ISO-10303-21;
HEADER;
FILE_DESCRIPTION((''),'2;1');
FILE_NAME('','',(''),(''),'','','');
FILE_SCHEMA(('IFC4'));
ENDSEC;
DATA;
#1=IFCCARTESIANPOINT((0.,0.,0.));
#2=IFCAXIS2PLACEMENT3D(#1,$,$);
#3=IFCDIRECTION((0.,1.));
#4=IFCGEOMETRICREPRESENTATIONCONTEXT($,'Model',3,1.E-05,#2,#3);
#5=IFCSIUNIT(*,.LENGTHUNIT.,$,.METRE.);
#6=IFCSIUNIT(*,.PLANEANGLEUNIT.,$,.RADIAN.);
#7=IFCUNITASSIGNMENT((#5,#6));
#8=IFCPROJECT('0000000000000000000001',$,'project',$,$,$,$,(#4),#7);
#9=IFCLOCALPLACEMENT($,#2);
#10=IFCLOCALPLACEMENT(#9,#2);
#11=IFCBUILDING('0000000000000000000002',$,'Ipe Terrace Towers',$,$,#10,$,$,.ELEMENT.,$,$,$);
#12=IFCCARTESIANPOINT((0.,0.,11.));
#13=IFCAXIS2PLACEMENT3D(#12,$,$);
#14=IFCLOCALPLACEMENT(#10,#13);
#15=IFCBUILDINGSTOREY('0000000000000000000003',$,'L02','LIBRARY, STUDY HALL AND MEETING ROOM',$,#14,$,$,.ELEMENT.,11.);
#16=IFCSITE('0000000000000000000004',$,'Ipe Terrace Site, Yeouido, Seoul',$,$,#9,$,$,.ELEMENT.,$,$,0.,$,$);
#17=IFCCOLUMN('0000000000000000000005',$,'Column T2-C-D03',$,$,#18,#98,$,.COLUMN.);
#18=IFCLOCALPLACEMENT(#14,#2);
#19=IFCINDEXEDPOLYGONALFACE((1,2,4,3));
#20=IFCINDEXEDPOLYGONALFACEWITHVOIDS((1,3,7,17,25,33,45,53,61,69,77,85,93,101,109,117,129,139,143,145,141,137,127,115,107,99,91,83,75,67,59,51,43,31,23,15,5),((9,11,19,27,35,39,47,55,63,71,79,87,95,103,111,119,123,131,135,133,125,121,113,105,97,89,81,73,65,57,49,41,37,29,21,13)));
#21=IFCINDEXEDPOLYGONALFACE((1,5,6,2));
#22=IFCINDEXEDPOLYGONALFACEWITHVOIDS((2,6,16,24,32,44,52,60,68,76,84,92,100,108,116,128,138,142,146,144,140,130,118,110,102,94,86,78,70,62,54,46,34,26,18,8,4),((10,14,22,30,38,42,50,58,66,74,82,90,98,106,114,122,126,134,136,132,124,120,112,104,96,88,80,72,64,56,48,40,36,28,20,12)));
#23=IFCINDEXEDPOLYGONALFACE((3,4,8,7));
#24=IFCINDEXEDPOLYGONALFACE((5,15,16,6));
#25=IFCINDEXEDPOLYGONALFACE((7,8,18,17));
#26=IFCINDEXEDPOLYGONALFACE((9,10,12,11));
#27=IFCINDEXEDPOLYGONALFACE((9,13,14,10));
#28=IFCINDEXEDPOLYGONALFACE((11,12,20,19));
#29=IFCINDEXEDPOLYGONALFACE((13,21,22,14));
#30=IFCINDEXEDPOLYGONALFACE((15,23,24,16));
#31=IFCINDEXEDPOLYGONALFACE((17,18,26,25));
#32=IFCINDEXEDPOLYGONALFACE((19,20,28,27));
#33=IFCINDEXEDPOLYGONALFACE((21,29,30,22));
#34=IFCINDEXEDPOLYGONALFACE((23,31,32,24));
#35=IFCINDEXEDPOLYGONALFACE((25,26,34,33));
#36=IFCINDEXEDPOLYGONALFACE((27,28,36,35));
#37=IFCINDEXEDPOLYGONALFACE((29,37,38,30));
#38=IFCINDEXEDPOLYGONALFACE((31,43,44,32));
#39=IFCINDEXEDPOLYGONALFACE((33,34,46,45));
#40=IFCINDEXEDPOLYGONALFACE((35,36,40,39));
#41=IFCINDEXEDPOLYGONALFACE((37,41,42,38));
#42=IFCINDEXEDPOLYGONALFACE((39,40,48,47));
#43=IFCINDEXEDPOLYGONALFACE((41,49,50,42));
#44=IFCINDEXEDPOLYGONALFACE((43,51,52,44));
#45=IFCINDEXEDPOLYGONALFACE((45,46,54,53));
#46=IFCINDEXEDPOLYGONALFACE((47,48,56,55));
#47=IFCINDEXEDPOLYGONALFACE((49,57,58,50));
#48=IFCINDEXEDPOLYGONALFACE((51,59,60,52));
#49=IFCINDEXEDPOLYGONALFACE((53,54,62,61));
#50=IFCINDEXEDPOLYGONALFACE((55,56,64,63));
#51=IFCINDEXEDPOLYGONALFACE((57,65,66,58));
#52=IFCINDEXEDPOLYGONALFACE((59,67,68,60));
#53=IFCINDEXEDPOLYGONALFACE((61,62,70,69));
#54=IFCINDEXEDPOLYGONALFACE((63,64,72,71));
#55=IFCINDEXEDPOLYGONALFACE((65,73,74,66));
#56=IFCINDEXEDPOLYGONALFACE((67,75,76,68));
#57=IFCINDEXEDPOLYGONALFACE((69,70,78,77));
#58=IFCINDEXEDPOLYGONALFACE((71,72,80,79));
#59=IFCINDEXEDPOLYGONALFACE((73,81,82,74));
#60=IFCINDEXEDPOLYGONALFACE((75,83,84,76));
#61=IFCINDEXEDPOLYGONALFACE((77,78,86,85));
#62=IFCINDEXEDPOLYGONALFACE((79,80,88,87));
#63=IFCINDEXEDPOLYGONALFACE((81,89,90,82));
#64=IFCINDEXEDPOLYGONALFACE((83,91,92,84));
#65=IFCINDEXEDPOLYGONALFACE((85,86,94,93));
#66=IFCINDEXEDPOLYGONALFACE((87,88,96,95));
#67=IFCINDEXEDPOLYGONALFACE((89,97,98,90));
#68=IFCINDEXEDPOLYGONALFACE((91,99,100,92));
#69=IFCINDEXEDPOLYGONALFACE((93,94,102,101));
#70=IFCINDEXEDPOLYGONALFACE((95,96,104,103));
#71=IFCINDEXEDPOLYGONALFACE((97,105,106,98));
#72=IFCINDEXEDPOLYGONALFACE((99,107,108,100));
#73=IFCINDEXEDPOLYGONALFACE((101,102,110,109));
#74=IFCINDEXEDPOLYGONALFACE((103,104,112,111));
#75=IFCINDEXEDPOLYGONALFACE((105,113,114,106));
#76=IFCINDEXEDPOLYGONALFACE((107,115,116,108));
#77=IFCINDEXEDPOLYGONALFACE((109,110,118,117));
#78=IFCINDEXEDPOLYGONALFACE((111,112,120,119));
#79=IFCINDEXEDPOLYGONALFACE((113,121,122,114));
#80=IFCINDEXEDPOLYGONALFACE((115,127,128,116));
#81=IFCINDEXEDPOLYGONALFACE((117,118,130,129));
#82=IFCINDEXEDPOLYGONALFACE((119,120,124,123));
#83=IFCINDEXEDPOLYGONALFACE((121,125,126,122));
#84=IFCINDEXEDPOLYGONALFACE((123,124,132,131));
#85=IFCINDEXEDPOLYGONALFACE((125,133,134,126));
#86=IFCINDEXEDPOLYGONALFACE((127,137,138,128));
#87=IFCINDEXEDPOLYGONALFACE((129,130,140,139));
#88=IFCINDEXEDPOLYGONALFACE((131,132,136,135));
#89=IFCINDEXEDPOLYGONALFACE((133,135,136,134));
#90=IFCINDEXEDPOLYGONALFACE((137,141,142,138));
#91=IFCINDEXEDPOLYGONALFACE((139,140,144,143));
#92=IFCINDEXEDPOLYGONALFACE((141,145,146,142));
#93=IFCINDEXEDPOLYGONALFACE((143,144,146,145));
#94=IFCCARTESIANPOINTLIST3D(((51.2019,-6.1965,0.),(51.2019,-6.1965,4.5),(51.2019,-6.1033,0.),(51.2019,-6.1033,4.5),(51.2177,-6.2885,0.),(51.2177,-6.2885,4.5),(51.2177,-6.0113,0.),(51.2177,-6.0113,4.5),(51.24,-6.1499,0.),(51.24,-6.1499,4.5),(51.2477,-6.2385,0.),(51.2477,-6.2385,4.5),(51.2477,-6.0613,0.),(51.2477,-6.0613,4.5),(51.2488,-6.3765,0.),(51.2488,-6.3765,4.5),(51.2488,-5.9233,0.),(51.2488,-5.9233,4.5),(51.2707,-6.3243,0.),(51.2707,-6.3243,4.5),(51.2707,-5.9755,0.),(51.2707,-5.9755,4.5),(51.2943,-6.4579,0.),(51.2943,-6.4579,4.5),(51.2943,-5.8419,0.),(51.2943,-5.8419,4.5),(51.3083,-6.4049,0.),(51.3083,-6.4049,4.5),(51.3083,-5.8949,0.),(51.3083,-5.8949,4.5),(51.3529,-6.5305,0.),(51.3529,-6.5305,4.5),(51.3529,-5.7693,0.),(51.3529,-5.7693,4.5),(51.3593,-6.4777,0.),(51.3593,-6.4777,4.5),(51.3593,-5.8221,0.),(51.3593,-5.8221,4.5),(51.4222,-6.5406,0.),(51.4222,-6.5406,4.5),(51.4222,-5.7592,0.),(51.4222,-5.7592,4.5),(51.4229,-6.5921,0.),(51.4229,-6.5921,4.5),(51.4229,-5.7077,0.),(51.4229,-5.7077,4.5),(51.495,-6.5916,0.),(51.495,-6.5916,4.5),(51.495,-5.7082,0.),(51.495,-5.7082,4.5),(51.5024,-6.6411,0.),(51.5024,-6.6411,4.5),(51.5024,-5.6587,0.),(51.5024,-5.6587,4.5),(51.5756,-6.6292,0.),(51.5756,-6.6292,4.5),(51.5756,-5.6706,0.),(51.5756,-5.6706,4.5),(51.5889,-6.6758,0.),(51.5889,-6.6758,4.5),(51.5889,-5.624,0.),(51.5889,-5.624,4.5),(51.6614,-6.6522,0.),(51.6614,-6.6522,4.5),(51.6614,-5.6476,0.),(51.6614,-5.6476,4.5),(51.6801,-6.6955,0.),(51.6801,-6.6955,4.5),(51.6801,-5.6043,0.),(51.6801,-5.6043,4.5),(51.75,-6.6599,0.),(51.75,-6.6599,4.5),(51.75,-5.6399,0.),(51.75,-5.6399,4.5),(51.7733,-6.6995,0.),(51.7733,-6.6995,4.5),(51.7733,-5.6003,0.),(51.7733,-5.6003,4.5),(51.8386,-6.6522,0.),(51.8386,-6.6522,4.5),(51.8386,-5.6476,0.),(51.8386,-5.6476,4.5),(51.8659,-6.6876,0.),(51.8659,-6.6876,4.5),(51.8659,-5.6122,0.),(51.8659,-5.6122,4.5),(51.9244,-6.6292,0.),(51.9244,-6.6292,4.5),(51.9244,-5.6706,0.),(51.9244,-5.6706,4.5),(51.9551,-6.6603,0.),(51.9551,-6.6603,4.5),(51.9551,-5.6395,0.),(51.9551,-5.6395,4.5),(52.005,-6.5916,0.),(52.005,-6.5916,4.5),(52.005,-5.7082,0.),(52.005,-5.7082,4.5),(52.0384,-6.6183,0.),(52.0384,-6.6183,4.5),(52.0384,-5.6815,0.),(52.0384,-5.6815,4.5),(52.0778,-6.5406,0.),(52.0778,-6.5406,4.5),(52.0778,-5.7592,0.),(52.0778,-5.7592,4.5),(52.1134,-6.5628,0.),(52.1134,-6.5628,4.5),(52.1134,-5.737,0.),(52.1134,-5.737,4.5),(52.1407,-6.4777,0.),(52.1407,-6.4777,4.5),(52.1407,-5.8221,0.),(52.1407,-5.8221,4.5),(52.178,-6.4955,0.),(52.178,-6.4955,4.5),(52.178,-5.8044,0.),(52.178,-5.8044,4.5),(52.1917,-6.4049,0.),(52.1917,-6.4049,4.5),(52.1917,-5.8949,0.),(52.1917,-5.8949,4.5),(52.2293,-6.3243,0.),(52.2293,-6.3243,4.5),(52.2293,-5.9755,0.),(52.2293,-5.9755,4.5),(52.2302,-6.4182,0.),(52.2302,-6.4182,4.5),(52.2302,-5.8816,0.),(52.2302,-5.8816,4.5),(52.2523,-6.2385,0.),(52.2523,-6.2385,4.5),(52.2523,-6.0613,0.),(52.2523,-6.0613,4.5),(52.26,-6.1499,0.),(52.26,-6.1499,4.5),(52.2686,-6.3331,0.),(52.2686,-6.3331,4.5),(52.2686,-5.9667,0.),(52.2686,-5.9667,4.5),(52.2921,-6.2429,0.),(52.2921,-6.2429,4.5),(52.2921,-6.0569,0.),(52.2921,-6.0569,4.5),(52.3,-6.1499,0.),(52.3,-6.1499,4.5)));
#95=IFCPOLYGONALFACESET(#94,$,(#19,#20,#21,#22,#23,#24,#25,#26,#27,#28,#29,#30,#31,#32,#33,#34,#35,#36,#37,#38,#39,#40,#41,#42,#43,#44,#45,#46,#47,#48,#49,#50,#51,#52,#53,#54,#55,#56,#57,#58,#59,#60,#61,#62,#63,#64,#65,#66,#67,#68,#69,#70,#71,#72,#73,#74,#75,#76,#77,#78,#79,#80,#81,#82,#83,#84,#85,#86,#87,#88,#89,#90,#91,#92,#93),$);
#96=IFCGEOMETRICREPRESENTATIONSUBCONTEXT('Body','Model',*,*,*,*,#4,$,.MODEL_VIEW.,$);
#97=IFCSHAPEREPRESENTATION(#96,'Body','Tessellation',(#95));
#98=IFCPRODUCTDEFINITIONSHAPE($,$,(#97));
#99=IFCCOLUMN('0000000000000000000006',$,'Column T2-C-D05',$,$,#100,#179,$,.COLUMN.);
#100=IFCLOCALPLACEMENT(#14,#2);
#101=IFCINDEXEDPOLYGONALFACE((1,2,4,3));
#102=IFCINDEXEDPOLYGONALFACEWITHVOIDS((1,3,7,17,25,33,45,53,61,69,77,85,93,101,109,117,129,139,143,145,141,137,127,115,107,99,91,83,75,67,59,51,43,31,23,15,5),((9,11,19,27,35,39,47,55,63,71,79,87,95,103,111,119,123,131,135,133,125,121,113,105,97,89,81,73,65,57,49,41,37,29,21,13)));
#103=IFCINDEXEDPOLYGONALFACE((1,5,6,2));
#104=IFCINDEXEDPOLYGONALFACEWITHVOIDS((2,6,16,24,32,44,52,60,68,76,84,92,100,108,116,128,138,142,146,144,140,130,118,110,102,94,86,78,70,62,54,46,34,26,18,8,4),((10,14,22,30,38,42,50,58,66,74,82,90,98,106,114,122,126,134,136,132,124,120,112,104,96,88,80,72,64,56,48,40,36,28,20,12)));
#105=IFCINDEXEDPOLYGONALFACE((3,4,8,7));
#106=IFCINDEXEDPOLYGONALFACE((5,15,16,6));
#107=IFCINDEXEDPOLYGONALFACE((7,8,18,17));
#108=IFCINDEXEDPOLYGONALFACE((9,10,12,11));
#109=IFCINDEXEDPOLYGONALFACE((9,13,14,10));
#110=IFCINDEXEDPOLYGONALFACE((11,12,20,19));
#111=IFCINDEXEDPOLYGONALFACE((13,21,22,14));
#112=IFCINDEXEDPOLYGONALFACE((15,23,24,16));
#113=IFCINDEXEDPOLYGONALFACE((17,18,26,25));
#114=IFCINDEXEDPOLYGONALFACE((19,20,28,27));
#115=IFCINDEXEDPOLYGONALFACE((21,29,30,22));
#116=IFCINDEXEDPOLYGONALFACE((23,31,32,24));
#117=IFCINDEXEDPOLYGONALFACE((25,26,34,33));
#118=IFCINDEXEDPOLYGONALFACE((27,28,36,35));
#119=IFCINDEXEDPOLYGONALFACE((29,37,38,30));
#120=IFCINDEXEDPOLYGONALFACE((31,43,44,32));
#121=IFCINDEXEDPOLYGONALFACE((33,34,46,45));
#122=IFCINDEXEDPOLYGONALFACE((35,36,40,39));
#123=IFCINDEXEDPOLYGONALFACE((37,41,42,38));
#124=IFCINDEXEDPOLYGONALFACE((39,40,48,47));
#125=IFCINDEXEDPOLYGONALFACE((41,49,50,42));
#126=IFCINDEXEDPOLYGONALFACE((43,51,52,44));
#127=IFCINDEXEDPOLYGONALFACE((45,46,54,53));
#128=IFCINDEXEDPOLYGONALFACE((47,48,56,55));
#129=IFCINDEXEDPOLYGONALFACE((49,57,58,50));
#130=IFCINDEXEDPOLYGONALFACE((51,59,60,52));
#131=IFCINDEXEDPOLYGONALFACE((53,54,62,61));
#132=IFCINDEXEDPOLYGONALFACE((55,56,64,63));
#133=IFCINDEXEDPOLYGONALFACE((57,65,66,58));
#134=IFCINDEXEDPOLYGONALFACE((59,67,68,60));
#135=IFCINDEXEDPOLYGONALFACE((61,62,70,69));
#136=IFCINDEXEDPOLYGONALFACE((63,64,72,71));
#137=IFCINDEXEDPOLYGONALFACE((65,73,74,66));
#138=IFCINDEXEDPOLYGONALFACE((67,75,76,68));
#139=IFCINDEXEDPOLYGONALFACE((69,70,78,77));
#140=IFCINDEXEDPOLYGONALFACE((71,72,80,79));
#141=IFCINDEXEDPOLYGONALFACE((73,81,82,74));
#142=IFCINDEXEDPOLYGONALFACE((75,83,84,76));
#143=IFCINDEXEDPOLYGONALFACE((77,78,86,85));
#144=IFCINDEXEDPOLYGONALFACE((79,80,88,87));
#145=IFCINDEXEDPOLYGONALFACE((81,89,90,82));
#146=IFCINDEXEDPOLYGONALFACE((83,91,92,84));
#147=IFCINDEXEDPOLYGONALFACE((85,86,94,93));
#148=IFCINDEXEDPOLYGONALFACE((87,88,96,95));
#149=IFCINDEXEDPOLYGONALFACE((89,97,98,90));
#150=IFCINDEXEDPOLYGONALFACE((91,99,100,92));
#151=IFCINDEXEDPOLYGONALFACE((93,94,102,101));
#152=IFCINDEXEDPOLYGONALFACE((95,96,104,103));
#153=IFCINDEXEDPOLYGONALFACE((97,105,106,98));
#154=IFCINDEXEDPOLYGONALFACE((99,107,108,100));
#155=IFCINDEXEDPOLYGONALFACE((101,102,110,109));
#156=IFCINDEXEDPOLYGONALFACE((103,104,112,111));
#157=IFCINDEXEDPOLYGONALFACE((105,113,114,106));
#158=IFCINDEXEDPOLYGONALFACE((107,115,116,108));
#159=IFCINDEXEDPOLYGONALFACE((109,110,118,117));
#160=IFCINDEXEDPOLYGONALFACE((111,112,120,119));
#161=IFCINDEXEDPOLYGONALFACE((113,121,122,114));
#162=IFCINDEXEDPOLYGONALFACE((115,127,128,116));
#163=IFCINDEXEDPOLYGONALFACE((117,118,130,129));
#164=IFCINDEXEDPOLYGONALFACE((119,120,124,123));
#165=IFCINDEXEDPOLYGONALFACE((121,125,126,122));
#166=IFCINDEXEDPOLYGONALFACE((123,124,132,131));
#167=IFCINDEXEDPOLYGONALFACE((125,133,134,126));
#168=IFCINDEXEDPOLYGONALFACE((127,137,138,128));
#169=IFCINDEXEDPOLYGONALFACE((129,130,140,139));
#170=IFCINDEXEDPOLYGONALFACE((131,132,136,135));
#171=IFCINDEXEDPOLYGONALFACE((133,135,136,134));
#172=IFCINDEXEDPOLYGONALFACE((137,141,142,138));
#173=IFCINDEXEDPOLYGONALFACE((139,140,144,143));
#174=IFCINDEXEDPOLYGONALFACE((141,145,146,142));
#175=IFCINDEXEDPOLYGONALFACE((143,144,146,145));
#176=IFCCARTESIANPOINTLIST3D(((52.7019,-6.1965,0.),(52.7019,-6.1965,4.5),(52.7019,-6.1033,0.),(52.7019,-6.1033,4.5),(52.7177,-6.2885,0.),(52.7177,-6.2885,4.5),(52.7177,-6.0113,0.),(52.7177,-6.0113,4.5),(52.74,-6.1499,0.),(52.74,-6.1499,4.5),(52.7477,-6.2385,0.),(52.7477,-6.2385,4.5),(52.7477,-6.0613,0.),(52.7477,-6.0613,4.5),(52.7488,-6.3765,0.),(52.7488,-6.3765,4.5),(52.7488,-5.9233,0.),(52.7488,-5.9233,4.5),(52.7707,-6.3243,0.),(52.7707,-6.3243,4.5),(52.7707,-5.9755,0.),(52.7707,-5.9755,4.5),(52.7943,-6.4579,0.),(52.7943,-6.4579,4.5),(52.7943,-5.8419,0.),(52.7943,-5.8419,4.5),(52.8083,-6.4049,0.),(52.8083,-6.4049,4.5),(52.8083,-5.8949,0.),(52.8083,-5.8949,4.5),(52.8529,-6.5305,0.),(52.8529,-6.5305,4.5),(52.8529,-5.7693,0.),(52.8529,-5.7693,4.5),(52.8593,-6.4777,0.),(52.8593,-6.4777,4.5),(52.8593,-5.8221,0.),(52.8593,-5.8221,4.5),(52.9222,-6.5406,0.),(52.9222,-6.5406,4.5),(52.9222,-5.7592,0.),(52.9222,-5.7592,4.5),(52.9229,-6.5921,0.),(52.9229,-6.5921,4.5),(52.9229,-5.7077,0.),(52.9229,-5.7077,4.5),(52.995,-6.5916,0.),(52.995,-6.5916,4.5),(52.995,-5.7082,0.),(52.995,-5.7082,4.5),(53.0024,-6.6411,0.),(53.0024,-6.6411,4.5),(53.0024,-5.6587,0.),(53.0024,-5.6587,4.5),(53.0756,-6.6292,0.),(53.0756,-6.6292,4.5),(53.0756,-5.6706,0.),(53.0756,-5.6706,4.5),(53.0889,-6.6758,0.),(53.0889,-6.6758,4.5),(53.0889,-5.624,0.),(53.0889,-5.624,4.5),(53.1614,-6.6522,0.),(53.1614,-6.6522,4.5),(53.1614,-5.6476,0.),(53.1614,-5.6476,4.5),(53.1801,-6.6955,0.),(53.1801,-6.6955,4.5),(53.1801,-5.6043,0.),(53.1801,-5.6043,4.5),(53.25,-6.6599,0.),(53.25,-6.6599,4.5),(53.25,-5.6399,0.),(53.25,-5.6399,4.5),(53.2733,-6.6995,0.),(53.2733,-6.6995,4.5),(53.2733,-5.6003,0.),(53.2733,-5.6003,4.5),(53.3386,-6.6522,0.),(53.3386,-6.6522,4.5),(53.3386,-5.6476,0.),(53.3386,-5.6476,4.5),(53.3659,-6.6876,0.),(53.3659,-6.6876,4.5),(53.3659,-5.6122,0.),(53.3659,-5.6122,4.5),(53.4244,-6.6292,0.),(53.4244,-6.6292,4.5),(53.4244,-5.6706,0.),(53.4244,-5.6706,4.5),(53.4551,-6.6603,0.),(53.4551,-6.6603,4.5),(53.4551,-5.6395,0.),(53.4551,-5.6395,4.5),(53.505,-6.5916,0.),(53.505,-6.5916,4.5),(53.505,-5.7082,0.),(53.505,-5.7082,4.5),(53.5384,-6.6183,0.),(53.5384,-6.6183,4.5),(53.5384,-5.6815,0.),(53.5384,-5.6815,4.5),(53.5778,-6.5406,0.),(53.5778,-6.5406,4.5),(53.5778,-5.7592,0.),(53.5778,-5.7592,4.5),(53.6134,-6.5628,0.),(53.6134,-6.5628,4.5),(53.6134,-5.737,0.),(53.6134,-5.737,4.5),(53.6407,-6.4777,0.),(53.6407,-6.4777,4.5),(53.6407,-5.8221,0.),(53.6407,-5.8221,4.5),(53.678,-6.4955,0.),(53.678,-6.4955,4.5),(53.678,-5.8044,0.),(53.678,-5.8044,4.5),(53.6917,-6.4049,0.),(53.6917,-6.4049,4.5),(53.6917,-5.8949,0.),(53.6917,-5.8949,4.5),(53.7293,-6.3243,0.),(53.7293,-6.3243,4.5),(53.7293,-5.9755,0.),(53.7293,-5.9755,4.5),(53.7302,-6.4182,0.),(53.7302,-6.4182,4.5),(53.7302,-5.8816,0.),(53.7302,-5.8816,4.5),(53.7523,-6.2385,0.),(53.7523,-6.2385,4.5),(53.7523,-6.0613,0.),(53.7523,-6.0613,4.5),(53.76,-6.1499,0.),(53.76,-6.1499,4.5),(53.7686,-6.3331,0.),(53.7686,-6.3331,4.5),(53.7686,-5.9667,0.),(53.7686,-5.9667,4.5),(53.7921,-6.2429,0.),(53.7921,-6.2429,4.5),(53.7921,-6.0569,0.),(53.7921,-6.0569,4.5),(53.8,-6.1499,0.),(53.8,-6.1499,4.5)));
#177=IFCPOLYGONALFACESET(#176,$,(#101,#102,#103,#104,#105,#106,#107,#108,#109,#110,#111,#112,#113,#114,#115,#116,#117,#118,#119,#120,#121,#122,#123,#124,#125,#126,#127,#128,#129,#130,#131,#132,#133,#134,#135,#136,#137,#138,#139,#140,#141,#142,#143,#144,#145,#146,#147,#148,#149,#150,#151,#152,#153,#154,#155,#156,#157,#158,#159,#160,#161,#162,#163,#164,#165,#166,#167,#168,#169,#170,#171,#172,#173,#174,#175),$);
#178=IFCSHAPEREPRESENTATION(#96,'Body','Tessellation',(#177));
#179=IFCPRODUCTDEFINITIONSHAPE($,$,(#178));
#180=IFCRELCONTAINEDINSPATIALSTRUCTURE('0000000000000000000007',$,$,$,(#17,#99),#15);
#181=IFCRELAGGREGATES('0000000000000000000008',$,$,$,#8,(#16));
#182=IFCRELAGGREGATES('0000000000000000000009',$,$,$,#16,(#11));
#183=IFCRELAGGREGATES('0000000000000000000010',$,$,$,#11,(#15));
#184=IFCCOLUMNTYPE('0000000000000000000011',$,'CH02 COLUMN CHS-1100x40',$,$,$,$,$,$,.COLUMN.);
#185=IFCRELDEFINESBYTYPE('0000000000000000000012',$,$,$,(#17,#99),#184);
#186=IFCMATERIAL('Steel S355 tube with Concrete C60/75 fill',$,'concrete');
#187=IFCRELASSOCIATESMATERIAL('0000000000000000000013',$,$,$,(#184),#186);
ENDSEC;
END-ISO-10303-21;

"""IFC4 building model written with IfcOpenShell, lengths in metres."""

from ifc_helpers import new_model, si_unit, direction, frame, origin, origin_2d, place, context, subcontext, project, spatial, hollow_circle, extrude, material, material_profile, profile_set, type_object, element, save


model = new_model("IFC4")

# Units and contexts
model_context = context("Model", 3, precision=1e-05, world=origin(), true_north=direction((0.0, 1.0)))
body_context = subcontext(model_context, "Body", "Model", "MODEL_VIEW")
ifc_project = project(units=[si_unit("LENGTHUNIT", "METRE"), si_unit("PLANEANGLEUNIT", "RADIAN")], contexts=[model_context])

# Site, building, storey
site_placement = place(None, origin())
site = spatial("IfcSite", under=ifc_project, at=site_placement, Name="Ipe Terrace Site, Yeouido, Seoul", CompositionType="ELEMENT", RefElevation=0.0)
building_placement = place(site_placement, origin())
building = spatial("IfcBuilding", under=site, at=building_placement, Name="Ipe Terrace Towers", CompositionType="ELEMENT")
storey_placement = place(building_placement, frame((0.0, 0.0, 11.0)))
storey = spatial("IfcBuildingStorey", under=building, at=storey_placement, Name="L02", Description="LIBRARY, STUDY HALL AND MEETING ROOM", CompositionType="ELEMENT", Elevation=11.0)

# Columns
ifc_material_1 = material(Name="Steel S355 tube with Concrete C60/75 fill", Category="concrete")
ifc_material_profile_1 = material_profile(ifc_material_1, hollow_circle(Radius=0.55, WallThickness=0.04, at=origin_2d()), Name="CHS-1100x40")
ifc_profile_set_1 = profile_set([ifc_material_profile_1], Name="Steel S355 tube with Concrete C60/75 fill")
column_type_1 = type_object("IfcColumnType", Name="CH02 COLUMN CHS-1100x40", PredefinedType="COLUMN", material=ifc_profile_set_1)
for number, where, z_axis, x_axis, name in (
    (1, (51.75, -6.1499, 0.0), (0.0, 0.0, 1.0), (1.0, 0.0, 0.0), "Column T2-C-D03"),
    (2, (53.25, -6.1499, 0.0), (0.0, 0.0, 1.0), (1.0, 0.0, 0.0), "Column T2-C-D05"),
):
    element("IfcColumn", number, at=place(storey_placement, frame(where, z_axis=z_axis, x_axis=x_axis)), inside=storey, type_object=column_type_1, Name=name, PredefinedType="COLUMN", context=body_context, shape_type="SweptSolid", body=[
        extrude(hollow_circle(Radius=0.55, WallThickness=0.04, at=origin_2d()), origin(), (0.0, 0.0, 1.0), 4.5),
    ])

save(model, "model.ifc")
